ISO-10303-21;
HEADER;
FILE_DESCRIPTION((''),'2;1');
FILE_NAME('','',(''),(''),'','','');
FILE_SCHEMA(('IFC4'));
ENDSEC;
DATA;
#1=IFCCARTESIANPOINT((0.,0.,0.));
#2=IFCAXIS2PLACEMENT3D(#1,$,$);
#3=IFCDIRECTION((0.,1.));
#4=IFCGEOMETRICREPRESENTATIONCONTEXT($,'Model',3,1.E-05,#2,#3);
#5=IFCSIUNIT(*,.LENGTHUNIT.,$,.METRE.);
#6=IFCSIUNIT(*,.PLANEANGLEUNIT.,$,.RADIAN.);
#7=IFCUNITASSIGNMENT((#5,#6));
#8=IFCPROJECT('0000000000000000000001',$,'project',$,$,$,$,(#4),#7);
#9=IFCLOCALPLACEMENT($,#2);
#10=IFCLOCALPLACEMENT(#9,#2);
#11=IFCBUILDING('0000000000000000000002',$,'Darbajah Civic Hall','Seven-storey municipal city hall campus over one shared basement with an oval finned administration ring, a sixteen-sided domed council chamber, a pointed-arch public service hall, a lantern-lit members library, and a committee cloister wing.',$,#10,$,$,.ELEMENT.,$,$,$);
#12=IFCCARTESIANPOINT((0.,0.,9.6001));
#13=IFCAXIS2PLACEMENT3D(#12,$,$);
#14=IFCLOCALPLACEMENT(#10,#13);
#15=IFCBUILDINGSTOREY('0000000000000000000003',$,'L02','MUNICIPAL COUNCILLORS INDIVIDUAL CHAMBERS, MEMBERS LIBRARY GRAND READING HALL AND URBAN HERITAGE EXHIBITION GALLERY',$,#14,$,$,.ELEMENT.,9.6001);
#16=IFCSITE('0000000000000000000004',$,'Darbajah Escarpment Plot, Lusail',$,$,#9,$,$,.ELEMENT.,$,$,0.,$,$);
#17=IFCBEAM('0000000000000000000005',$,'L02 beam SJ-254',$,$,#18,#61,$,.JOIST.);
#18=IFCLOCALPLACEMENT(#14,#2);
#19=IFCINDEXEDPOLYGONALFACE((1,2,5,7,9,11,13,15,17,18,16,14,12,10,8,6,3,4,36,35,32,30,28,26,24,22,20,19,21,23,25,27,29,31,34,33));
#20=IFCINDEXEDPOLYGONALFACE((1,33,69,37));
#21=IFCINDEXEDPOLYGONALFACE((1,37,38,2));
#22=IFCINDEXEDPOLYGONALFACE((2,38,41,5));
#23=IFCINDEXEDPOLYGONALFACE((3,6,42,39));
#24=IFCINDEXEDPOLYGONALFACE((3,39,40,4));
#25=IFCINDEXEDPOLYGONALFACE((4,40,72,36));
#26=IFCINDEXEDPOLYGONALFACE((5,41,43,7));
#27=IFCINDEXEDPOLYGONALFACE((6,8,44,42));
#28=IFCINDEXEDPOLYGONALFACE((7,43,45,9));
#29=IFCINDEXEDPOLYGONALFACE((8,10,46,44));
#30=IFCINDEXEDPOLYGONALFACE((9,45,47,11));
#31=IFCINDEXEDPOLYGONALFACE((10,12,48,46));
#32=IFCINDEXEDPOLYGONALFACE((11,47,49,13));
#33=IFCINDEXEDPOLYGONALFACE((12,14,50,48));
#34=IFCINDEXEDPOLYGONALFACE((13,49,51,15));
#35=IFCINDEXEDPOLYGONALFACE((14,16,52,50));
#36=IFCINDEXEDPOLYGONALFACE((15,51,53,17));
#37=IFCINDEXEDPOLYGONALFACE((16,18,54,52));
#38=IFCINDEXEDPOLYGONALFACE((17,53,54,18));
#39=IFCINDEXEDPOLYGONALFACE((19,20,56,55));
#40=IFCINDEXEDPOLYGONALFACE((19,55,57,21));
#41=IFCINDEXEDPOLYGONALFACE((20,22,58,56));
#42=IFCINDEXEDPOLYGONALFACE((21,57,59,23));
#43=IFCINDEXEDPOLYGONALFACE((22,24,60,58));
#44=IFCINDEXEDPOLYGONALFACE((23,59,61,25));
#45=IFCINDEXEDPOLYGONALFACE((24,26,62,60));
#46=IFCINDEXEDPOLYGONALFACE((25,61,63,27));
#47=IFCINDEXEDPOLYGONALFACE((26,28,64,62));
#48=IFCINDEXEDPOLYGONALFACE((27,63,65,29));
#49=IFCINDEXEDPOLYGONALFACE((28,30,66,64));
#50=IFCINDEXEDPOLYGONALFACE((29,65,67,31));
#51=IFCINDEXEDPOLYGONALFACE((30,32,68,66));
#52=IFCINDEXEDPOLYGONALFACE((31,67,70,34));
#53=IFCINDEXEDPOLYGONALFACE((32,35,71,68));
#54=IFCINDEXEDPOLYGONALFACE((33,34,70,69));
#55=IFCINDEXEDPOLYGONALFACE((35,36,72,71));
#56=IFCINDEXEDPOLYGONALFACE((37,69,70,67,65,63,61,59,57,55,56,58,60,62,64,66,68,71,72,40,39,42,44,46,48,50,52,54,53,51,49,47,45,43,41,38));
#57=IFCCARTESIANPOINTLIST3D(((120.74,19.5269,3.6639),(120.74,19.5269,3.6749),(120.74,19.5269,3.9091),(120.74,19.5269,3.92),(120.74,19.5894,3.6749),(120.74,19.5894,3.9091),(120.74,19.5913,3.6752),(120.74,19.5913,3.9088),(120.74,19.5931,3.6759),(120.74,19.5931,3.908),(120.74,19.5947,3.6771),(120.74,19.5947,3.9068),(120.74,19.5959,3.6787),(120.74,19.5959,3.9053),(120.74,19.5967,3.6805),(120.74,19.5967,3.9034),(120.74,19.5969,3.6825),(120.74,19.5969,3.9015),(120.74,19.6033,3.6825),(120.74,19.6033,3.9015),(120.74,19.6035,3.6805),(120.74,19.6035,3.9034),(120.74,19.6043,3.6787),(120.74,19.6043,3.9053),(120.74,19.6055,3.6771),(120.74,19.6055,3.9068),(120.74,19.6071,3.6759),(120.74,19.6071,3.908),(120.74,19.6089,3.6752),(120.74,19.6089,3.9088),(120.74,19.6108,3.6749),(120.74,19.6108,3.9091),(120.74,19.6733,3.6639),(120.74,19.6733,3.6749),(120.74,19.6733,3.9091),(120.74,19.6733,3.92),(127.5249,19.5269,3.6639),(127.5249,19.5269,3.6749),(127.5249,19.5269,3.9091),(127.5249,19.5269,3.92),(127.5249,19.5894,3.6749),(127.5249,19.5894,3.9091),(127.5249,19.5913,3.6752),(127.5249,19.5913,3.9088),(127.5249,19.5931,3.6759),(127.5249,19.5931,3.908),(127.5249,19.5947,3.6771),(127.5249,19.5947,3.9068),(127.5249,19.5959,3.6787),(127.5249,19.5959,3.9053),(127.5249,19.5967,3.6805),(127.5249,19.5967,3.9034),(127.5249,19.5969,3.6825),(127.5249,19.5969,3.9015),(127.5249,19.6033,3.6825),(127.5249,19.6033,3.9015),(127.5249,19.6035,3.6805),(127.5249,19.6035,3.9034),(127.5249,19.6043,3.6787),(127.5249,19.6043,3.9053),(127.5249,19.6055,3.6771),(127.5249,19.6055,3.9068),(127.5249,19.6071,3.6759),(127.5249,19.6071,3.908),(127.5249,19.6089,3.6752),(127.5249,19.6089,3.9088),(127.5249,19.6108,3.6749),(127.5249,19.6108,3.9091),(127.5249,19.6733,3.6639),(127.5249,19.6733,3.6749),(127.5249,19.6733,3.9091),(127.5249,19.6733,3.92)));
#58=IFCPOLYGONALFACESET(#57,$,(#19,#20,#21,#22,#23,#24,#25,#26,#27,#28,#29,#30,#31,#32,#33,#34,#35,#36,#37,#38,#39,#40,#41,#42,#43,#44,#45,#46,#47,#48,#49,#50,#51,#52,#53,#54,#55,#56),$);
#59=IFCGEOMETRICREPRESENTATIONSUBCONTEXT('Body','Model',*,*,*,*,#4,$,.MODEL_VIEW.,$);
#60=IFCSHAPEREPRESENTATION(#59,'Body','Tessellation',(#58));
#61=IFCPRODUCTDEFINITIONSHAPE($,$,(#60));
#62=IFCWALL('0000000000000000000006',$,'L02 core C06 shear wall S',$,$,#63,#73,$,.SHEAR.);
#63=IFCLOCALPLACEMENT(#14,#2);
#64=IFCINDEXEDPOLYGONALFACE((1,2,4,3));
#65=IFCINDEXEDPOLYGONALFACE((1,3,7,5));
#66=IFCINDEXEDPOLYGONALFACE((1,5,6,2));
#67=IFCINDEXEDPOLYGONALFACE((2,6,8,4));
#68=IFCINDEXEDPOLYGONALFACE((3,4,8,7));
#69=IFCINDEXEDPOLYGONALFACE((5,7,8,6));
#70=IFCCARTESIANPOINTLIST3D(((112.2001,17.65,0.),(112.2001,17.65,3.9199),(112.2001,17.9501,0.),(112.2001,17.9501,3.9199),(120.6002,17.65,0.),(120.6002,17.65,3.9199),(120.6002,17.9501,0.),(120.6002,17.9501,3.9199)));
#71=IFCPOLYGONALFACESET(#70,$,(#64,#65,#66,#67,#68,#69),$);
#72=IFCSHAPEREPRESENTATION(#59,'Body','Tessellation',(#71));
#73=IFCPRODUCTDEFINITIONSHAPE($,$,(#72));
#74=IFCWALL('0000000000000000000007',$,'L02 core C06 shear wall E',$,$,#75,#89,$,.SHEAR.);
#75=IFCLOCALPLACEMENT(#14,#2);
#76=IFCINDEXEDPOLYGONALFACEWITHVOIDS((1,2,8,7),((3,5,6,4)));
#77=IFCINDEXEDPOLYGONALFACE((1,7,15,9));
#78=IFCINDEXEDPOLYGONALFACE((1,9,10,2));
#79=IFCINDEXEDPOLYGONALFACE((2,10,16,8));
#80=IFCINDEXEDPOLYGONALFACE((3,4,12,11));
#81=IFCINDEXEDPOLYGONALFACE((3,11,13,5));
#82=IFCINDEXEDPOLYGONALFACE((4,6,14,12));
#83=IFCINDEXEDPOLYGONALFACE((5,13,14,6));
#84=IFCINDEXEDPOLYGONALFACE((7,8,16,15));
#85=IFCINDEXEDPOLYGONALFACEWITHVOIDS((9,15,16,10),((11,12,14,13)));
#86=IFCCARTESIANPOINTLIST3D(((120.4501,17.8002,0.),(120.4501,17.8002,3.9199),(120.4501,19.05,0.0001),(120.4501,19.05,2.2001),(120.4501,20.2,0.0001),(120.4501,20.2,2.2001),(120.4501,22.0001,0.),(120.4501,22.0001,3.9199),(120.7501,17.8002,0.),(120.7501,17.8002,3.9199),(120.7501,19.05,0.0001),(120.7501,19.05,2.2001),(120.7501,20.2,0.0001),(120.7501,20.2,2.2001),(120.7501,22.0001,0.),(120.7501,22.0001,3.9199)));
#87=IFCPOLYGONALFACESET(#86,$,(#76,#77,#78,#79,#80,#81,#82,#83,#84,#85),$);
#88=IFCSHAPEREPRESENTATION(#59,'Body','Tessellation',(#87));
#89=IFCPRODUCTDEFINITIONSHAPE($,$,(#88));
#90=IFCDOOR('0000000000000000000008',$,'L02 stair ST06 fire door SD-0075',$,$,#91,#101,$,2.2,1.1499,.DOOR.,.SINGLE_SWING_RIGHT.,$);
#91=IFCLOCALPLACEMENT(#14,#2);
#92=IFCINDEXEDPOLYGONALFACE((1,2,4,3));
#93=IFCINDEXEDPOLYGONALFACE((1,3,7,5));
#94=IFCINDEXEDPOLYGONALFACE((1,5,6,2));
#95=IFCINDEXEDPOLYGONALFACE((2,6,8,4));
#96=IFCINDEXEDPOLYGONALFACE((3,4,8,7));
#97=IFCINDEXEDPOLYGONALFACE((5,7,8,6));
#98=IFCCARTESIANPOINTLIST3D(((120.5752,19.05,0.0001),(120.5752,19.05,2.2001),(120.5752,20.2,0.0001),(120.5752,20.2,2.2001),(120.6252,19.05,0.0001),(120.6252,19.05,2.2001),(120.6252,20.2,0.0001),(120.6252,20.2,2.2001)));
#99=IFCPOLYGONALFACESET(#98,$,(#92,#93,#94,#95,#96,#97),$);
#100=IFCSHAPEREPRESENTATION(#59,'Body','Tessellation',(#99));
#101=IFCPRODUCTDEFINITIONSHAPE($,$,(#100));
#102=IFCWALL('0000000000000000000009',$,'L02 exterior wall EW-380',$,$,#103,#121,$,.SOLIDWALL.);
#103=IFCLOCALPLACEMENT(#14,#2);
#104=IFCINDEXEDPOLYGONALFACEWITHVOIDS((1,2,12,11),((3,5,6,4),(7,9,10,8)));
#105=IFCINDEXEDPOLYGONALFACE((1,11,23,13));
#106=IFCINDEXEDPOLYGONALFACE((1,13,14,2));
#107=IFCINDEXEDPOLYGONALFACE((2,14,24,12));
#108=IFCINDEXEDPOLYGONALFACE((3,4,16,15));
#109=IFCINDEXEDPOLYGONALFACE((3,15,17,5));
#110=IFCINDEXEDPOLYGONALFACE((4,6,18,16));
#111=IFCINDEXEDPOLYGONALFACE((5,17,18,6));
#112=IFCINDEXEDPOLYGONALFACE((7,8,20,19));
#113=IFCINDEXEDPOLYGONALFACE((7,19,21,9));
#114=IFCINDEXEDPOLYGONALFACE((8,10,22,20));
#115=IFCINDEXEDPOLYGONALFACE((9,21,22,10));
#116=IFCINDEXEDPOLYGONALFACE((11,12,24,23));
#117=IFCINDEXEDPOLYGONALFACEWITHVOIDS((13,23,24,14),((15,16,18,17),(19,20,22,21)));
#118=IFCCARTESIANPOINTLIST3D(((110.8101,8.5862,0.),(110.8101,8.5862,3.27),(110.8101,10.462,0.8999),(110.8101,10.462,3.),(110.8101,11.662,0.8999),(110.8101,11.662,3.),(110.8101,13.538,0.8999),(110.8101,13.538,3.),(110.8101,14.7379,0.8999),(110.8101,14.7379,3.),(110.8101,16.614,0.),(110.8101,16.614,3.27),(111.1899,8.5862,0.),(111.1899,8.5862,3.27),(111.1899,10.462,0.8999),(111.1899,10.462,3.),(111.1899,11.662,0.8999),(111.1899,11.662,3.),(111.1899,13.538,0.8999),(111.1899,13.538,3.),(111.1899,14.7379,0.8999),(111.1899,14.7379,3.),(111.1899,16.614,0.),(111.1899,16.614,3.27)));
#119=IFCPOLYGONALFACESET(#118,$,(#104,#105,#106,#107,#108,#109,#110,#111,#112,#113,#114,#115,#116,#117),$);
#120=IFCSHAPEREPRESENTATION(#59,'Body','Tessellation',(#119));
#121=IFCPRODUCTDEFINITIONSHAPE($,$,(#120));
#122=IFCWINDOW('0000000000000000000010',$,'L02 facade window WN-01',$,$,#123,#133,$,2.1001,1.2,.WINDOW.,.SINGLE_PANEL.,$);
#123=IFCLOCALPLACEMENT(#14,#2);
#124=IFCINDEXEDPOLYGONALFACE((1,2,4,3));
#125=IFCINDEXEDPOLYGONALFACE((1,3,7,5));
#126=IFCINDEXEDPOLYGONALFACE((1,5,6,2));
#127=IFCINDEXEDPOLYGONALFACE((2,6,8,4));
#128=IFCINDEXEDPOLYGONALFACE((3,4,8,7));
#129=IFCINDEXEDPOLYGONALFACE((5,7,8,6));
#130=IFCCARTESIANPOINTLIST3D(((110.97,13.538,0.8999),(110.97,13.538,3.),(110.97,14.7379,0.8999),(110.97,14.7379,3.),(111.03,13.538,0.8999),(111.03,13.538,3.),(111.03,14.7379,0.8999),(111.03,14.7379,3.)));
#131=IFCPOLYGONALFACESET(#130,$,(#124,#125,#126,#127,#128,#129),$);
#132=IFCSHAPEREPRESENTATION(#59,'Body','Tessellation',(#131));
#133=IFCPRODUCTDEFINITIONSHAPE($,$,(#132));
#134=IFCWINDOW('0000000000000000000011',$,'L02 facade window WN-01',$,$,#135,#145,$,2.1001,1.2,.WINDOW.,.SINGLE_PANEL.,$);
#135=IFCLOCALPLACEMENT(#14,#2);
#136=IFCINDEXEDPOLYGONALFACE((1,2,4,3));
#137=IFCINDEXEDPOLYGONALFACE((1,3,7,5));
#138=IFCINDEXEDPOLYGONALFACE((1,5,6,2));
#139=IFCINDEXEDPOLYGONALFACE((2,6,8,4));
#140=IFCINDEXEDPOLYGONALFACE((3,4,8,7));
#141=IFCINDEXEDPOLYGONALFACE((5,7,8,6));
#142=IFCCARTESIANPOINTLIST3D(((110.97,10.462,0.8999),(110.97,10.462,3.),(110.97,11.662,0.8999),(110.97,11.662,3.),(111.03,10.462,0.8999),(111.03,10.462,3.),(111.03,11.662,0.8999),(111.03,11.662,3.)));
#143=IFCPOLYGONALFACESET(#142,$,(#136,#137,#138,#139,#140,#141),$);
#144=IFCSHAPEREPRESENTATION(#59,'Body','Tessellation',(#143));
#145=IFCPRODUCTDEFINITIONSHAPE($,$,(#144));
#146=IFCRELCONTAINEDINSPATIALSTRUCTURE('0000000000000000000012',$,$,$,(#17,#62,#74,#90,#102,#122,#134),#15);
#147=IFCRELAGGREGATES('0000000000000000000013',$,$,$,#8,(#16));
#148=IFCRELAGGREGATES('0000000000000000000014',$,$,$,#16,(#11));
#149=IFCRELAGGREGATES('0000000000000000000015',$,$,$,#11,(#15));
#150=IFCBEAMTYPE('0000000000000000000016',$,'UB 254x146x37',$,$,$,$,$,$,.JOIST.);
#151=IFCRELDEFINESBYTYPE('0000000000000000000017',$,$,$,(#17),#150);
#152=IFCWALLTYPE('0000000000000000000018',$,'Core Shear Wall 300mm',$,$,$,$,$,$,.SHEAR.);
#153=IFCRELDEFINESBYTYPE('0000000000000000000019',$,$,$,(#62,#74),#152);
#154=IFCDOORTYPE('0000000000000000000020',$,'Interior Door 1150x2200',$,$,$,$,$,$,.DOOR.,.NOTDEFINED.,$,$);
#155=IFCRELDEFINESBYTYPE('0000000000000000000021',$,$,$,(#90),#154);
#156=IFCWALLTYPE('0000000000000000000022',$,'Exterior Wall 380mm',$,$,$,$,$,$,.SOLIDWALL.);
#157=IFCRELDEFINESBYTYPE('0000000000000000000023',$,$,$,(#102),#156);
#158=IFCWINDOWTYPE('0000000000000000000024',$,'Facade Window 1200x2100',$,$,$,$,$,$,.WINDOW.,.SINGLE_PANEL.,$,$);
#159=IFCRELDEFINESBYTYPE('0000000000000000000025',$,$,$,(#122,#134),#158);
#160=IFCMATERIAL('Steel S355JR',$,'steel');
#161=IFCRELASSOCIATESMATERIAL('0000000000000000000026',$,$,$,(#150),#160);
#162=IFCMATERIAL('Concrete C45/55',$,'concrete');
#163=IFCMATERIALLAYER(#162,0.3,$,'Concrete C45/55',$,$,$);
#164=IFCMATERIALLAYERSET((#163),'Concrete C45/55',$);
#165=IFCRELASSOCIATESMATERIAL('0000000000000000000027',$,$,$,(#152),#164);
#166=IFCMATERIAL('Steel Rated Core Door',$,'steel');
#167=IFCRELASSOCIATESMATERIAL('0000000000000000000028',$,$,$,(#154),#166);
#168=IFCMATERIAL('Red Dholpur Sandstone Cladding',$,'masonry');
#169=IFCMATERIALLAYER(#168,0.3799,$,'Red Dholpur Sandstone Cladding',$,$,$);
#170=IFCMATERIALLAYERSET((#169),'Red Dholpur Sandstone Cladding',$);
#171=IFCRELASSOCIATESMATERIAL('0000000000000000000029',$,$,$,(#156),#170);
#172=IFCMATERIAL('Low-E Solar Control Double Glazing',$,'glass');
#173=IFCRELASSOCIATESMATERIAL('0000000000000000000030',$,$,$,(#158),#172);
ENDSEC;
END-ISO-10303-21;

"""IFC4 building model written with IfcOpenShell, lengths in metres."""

from ifc_helpers import new_model, si_unit, direction, frame, frame_2d, origin, origin_2d, place, context, subcontext, project, spatial, rectangle, i_section, extrude, material, layer, layer_set, material_profile, profile_set, type_object, element, fill, save


model = new_model("IFC4")

# Units and contexts
model_context = context("Model", 3, precision=1e-05, world=origin(), true_north=direction((0.0, 1.0)))
body_context = subcontext(model_context, "Body", "Model", "MODEL_VIEW")
ifc_project = project(units=[si_unit("LENGTHUNIT", "METRE"), si_unit("PLANEANGLEUNIT", "RADIAN")], contexts=[model_context])

# Site, building, storey
site_placement = place(None, origin())
site = spatial("IfcSite", under=ifc_project, at=site_placement, Name="Darbajah Escarpment Plot, Lusail", CompositionType="ELEMENT", RefElevation=0.0)
building_placement = place(site_placement, origin())
building = spatial("IfcBuilding", under=site, at=building_placement, Name="Darbajah Civic Hall", Description="Seven-storey municipal city hall campus over one shared basement with an oval finned administration ring, a sixteen-sided domed council chamber, a pointed-arch public service hall, a lantern-lit members library, and a committee cloister wing.", CompositionType="ELEMENT")
storey_placement = place(building_placement, frame((0.0, 0.0, 9.6001)))
storey = spatial("IfcBuildingStorey", under=building, at=storey_placement, Name="L02", Description="MUNICIPAL COUNCILLORS INDIVIDUAL CHAMBERS, MEMBERS LIBRARY GRAND READING HALL AND URBAN HERITAGE EXHIBITION GALLERY", CompositionType="ELEMENT", Elevation=9.6001)

# Shared definitions
ifc_material_1 = material(Name="Steel S355JR", Category="steel")

# Beam
ifc_material_2 = material(Name="Concrete C45/55", Category="concrete")
ifc_material_profile_1 = material_profile(ifc_material_1, i_section(OverallWidth=0.1465, OverallDepth=0.2561, WebThickness=0.0063, FlangeThickness=0.011, FilletRadius=0.0076, at=origin_2d()), Name="UB 254x146x37")
ifc_profile_set_1 = profile_set([ifc_material_profile_1], Name="Steel S355JR")
beam_type_1 = type_object("IfcBeamType", Name="UB 254x146x37", PredefinedType="JOIST", material=ifc_profile_set_1)
beam_1_placement = place(storey_placement, frame((120.74, 19.6001, 3.792), z_axis=(1.0, 0.0, 0.0), x_axis=(0.0, 1.0, 0.0)))
element("IfcBeam", 1, at=beam_1_placement, inside=storey, type_object=beam_type_1, Name="L02 beam SJ-254", PredefinedType="JOIST", context=body_context, shape_type="SweptSolid", body=[
    extrude(i_section(OverallWidth=0.1465, OverallDepth=0.2561, WebThickness=0.0063, FlangeThickness=0.011, FilletRadius=0.0076, at=origin_2d()), origin(), (0.0, 0.0, 1.0), 6.7849),
])

# Wall
ifc_layer_1 = layer(ifc_material_2, 0.3, Name="Concrete C45/55")
ifc_layer_set_1 = layer_set([ifc_layer_1], Name="Concrete C45/55")
wall_type_1 = type_object("IfcWallType", Name="Core Shear Wall 300mm", PredefinedType="SHEAR", material=ifc_layer_set_1)
wall_1_placement = place(storey_placement, frame((112.2, 17.8, 0.0), z_axis=(0.0, 0.0, 1.0), x_axis=(1.0, 0.0, 0.0)))
element("IfcWall", 2, at=wall_1_placement, inside=storey, type_object=wall_type_1, Name="L02 core C06 shear wall S", PredefinedType="SHEAR", context=body_context, shape_type="SweptSolid", body=[
    extrude(rectangle(XDim=8.4001, YDim=0.3, at=frame_2d((4.2002, 0.0))), origin(), (0.0, 0.0, 1.0), 3.9199),
])

# Wall, opening, door
wall_2_placement = place(storey_placement, frame((120.6001, 17.8, 0.0), z_axis=(0.0, 0.0, 1.0), x_axis=(0.0, 1.0, 0.0)))
wall_2 = element("IfcWall", 3, at=wall_2_placement, inside=storey, type_object=wall_type_1, Name="L02 core C06 shear wall E", PredefinedType="SHEAR", context=body_context, shape_type="SweptSolid", body=[
    extrude(rectangle(XDim=4.2, YDim=0.3, at=frame_2d((2.1001, 0.0))), origin(), (0.0, 0.0, 1.0), 3.9199),
])
opening_1_placement = place(wall_2_placement, frame((1.25, 0.0, 0.0)))
opening_1 = element("IfcOpeningElement", 4, at=opening_1_placement, cuts=wall_2, PredefinedType="OPENING", context=body_context, shape_type="SweptSolid", body=[
    extrude(rectangle(XDim=1.1499, YDim=2.2, at=frame_2d((0.575, 1.1001))), frame((0.0, 0.1599, 0.0), z_axis=(0.0, -1.0, 0.0), x_axis=(1.0, 0.0, 0.0)), (0.0, 0.0, 1.0), 0.3201),
])
ifc_material_3 = material(Name="Steel Rated Core Door", Category="steel")
door_type_1 = type_object("IfcDoorType", Name="Interior Door 1150x2200", OperationType="NOTDEFINED", PredefinedType="DOOR", material=ifc_material_3)
door_1_placement = place(opening_1_placement, origin())
door_1 = element("IfcDoor", 5, at=door_1_placement, inside=storey, type_object=door_type_1, Name="L02 stair ST06 fire door SD-0075", OperationType="SINGLE_SWING_RIGHT", OverallHeight=2.2, OverallWidth=1.1499, PredefinedType="DOOR", context=body_context, shape_type="SweptSolid", body=[
    extrude(rectangle(XDim=1.1499, YDim=2.2, at=frame_2d((0.575, 1.1001))), frame((0.0, 0.0249, 0.0), z_axis=(0.0, -1.0, 0.0), x_axis=(1.0, 0.0, 0.0)), (0.0, 0.0, 1.0), 0.05),
])
fill(opening_1, door_1)

# Wall, openings, windows
ifc_material_4 = material(Name="Red Dholpur Sandstone Cladding", Category="masonry")
ifc_layer_2 = layer(ifc_material_4, 0.3799, Name="Red Dholpur Sandstone Cladding")
ifc_layer_set_2 = layer_set([ifc_layer_2], Name="Red Dholpur Sandstone Cladding")
wall_type_2 = type_object("IfcWallType", Name="Exterior Wall 380mm", PredefinedType="SOLIDWALL", material=ifc_layer_set_2)
wall_3_placement = place(storey_placement, frame((111.0, 16.614, 0.0), z_axis=(0.0, 0.0, 1.0), x_axis=(0.0, -1.0, 0.0)))
wall_3 = element("IfcWall", 6, at=wall_3_placement, inside=storey, type_object=wall_type_2, Name="L02 exterior wall EW-380", PredefinedType="SOLIDWALL", context=body_context, shape_type="SweptSolid", body=[
    extrude(rectangle(XDim=8.0278, YDim=0.3799, at=frame_2d((4.0139, 0.0))), origin(), (0.0, 0.0, 1.0), 3.27),
])
opening_2_placement = place(wall_3_placement, frame((1.876, 0.0, 0.8999)))
opening_2 = element("IfcOpeningElement", 7, at=opening_2_placement, cuts=wall_3, PredefinedType="OPENING", context=body_context, shape_type="SweptSolid", body=[
    extrude(rectangle(XDim=1.2, YDim=2.1001, at=frame_2d((0.6001, 1.05))), frame((0.0, 0.2, 0.0), z_axis=(0.0, -1.0, 0.0), x_axis=(1.0, 0.0, 0.0)), (0.0, 0.0, 1.0), 0.3999),
])
opening_3_placement = place(wall_3_placement, frame((4.9519, 0.0, 0.8999)))
opening_3 = element("IfcOpeningElement", 8, at=opening_3_placement, cuts=wall_3, PredefinedType="OPENING", context=body_context, shape_type="SweptSolid", body=[
    extrude(rectangle(XDim=1.2, YDim=2.1001, at=frame_2d((0.6001, 1.05))), frame((0.0, 0.2, 0.0), z_axis=(0.0, -1.0, 0.0), x_axis=(1.0, 0.0, 0.0)), (0.0, 0.0, 1.0), 0.3999),
])
ifc_material_5 = material(Name="Low-E Solar Control Double Glazing", Category="glass")
window_type = type_object("IfcWindowType", Name="Facade Window 1200x2100", PartitioningType="SINGLE_PANEL", PredefinedType="WINDOW", material=ifc_material_5)
window_1_placement = place(opening_2_placement, origin())
window_1 = element("IfcWindow", 9, at=window_1_placement, inside=storey, type_object=window_type, Name="L02 facade window WN-01", OverallHeight=2.1001, OverallWidth=1.2, PartitioningType="SINGLE_PANEL", PredefinedType="WINDOW", context=body_context, shape_type="SweptSolid", body=[
    extrude(rectangle(XDim=1.2, YDim=2.1001, at=frame_2d((0.6001, 1.05))), frame((0.0, 0.03, 0.0), z_axis=(0.0, -1.0, 0.0), x_axis=(1.0, 0.0, 0.0)), (0.0, 0.0, 1.0), 0.0601),
])
fill(opening_2, window_1)
window_2_placement = place(opening_3_placement, origin())
window_2 = element("IfcWindow", 10, at=window_2_placement, inside=storey, type_object=window_type, Name="L02 facade window WN-01", OverallHeight=2.1001, OverallWidth=1.2, PartitioningType="SINGLE_PANEL", PredefinedType="WINDOW", context=body_context, shape_type="SweptSolid", body=[
    extrude(rectangle(XDim=1.2, YDim=2.1001, at=frame_2d((0.6001, 1.05))), frame((0.0, 0.03, 0.0), z_axis=(0.0, -1.0, 0.0), x_axis=(1.0, 0.0, 0.0)), (0.0, 0.0, 1.0), 0.0601),
])
fill(opening_3, window_2)

save(model, "model.ifc")
